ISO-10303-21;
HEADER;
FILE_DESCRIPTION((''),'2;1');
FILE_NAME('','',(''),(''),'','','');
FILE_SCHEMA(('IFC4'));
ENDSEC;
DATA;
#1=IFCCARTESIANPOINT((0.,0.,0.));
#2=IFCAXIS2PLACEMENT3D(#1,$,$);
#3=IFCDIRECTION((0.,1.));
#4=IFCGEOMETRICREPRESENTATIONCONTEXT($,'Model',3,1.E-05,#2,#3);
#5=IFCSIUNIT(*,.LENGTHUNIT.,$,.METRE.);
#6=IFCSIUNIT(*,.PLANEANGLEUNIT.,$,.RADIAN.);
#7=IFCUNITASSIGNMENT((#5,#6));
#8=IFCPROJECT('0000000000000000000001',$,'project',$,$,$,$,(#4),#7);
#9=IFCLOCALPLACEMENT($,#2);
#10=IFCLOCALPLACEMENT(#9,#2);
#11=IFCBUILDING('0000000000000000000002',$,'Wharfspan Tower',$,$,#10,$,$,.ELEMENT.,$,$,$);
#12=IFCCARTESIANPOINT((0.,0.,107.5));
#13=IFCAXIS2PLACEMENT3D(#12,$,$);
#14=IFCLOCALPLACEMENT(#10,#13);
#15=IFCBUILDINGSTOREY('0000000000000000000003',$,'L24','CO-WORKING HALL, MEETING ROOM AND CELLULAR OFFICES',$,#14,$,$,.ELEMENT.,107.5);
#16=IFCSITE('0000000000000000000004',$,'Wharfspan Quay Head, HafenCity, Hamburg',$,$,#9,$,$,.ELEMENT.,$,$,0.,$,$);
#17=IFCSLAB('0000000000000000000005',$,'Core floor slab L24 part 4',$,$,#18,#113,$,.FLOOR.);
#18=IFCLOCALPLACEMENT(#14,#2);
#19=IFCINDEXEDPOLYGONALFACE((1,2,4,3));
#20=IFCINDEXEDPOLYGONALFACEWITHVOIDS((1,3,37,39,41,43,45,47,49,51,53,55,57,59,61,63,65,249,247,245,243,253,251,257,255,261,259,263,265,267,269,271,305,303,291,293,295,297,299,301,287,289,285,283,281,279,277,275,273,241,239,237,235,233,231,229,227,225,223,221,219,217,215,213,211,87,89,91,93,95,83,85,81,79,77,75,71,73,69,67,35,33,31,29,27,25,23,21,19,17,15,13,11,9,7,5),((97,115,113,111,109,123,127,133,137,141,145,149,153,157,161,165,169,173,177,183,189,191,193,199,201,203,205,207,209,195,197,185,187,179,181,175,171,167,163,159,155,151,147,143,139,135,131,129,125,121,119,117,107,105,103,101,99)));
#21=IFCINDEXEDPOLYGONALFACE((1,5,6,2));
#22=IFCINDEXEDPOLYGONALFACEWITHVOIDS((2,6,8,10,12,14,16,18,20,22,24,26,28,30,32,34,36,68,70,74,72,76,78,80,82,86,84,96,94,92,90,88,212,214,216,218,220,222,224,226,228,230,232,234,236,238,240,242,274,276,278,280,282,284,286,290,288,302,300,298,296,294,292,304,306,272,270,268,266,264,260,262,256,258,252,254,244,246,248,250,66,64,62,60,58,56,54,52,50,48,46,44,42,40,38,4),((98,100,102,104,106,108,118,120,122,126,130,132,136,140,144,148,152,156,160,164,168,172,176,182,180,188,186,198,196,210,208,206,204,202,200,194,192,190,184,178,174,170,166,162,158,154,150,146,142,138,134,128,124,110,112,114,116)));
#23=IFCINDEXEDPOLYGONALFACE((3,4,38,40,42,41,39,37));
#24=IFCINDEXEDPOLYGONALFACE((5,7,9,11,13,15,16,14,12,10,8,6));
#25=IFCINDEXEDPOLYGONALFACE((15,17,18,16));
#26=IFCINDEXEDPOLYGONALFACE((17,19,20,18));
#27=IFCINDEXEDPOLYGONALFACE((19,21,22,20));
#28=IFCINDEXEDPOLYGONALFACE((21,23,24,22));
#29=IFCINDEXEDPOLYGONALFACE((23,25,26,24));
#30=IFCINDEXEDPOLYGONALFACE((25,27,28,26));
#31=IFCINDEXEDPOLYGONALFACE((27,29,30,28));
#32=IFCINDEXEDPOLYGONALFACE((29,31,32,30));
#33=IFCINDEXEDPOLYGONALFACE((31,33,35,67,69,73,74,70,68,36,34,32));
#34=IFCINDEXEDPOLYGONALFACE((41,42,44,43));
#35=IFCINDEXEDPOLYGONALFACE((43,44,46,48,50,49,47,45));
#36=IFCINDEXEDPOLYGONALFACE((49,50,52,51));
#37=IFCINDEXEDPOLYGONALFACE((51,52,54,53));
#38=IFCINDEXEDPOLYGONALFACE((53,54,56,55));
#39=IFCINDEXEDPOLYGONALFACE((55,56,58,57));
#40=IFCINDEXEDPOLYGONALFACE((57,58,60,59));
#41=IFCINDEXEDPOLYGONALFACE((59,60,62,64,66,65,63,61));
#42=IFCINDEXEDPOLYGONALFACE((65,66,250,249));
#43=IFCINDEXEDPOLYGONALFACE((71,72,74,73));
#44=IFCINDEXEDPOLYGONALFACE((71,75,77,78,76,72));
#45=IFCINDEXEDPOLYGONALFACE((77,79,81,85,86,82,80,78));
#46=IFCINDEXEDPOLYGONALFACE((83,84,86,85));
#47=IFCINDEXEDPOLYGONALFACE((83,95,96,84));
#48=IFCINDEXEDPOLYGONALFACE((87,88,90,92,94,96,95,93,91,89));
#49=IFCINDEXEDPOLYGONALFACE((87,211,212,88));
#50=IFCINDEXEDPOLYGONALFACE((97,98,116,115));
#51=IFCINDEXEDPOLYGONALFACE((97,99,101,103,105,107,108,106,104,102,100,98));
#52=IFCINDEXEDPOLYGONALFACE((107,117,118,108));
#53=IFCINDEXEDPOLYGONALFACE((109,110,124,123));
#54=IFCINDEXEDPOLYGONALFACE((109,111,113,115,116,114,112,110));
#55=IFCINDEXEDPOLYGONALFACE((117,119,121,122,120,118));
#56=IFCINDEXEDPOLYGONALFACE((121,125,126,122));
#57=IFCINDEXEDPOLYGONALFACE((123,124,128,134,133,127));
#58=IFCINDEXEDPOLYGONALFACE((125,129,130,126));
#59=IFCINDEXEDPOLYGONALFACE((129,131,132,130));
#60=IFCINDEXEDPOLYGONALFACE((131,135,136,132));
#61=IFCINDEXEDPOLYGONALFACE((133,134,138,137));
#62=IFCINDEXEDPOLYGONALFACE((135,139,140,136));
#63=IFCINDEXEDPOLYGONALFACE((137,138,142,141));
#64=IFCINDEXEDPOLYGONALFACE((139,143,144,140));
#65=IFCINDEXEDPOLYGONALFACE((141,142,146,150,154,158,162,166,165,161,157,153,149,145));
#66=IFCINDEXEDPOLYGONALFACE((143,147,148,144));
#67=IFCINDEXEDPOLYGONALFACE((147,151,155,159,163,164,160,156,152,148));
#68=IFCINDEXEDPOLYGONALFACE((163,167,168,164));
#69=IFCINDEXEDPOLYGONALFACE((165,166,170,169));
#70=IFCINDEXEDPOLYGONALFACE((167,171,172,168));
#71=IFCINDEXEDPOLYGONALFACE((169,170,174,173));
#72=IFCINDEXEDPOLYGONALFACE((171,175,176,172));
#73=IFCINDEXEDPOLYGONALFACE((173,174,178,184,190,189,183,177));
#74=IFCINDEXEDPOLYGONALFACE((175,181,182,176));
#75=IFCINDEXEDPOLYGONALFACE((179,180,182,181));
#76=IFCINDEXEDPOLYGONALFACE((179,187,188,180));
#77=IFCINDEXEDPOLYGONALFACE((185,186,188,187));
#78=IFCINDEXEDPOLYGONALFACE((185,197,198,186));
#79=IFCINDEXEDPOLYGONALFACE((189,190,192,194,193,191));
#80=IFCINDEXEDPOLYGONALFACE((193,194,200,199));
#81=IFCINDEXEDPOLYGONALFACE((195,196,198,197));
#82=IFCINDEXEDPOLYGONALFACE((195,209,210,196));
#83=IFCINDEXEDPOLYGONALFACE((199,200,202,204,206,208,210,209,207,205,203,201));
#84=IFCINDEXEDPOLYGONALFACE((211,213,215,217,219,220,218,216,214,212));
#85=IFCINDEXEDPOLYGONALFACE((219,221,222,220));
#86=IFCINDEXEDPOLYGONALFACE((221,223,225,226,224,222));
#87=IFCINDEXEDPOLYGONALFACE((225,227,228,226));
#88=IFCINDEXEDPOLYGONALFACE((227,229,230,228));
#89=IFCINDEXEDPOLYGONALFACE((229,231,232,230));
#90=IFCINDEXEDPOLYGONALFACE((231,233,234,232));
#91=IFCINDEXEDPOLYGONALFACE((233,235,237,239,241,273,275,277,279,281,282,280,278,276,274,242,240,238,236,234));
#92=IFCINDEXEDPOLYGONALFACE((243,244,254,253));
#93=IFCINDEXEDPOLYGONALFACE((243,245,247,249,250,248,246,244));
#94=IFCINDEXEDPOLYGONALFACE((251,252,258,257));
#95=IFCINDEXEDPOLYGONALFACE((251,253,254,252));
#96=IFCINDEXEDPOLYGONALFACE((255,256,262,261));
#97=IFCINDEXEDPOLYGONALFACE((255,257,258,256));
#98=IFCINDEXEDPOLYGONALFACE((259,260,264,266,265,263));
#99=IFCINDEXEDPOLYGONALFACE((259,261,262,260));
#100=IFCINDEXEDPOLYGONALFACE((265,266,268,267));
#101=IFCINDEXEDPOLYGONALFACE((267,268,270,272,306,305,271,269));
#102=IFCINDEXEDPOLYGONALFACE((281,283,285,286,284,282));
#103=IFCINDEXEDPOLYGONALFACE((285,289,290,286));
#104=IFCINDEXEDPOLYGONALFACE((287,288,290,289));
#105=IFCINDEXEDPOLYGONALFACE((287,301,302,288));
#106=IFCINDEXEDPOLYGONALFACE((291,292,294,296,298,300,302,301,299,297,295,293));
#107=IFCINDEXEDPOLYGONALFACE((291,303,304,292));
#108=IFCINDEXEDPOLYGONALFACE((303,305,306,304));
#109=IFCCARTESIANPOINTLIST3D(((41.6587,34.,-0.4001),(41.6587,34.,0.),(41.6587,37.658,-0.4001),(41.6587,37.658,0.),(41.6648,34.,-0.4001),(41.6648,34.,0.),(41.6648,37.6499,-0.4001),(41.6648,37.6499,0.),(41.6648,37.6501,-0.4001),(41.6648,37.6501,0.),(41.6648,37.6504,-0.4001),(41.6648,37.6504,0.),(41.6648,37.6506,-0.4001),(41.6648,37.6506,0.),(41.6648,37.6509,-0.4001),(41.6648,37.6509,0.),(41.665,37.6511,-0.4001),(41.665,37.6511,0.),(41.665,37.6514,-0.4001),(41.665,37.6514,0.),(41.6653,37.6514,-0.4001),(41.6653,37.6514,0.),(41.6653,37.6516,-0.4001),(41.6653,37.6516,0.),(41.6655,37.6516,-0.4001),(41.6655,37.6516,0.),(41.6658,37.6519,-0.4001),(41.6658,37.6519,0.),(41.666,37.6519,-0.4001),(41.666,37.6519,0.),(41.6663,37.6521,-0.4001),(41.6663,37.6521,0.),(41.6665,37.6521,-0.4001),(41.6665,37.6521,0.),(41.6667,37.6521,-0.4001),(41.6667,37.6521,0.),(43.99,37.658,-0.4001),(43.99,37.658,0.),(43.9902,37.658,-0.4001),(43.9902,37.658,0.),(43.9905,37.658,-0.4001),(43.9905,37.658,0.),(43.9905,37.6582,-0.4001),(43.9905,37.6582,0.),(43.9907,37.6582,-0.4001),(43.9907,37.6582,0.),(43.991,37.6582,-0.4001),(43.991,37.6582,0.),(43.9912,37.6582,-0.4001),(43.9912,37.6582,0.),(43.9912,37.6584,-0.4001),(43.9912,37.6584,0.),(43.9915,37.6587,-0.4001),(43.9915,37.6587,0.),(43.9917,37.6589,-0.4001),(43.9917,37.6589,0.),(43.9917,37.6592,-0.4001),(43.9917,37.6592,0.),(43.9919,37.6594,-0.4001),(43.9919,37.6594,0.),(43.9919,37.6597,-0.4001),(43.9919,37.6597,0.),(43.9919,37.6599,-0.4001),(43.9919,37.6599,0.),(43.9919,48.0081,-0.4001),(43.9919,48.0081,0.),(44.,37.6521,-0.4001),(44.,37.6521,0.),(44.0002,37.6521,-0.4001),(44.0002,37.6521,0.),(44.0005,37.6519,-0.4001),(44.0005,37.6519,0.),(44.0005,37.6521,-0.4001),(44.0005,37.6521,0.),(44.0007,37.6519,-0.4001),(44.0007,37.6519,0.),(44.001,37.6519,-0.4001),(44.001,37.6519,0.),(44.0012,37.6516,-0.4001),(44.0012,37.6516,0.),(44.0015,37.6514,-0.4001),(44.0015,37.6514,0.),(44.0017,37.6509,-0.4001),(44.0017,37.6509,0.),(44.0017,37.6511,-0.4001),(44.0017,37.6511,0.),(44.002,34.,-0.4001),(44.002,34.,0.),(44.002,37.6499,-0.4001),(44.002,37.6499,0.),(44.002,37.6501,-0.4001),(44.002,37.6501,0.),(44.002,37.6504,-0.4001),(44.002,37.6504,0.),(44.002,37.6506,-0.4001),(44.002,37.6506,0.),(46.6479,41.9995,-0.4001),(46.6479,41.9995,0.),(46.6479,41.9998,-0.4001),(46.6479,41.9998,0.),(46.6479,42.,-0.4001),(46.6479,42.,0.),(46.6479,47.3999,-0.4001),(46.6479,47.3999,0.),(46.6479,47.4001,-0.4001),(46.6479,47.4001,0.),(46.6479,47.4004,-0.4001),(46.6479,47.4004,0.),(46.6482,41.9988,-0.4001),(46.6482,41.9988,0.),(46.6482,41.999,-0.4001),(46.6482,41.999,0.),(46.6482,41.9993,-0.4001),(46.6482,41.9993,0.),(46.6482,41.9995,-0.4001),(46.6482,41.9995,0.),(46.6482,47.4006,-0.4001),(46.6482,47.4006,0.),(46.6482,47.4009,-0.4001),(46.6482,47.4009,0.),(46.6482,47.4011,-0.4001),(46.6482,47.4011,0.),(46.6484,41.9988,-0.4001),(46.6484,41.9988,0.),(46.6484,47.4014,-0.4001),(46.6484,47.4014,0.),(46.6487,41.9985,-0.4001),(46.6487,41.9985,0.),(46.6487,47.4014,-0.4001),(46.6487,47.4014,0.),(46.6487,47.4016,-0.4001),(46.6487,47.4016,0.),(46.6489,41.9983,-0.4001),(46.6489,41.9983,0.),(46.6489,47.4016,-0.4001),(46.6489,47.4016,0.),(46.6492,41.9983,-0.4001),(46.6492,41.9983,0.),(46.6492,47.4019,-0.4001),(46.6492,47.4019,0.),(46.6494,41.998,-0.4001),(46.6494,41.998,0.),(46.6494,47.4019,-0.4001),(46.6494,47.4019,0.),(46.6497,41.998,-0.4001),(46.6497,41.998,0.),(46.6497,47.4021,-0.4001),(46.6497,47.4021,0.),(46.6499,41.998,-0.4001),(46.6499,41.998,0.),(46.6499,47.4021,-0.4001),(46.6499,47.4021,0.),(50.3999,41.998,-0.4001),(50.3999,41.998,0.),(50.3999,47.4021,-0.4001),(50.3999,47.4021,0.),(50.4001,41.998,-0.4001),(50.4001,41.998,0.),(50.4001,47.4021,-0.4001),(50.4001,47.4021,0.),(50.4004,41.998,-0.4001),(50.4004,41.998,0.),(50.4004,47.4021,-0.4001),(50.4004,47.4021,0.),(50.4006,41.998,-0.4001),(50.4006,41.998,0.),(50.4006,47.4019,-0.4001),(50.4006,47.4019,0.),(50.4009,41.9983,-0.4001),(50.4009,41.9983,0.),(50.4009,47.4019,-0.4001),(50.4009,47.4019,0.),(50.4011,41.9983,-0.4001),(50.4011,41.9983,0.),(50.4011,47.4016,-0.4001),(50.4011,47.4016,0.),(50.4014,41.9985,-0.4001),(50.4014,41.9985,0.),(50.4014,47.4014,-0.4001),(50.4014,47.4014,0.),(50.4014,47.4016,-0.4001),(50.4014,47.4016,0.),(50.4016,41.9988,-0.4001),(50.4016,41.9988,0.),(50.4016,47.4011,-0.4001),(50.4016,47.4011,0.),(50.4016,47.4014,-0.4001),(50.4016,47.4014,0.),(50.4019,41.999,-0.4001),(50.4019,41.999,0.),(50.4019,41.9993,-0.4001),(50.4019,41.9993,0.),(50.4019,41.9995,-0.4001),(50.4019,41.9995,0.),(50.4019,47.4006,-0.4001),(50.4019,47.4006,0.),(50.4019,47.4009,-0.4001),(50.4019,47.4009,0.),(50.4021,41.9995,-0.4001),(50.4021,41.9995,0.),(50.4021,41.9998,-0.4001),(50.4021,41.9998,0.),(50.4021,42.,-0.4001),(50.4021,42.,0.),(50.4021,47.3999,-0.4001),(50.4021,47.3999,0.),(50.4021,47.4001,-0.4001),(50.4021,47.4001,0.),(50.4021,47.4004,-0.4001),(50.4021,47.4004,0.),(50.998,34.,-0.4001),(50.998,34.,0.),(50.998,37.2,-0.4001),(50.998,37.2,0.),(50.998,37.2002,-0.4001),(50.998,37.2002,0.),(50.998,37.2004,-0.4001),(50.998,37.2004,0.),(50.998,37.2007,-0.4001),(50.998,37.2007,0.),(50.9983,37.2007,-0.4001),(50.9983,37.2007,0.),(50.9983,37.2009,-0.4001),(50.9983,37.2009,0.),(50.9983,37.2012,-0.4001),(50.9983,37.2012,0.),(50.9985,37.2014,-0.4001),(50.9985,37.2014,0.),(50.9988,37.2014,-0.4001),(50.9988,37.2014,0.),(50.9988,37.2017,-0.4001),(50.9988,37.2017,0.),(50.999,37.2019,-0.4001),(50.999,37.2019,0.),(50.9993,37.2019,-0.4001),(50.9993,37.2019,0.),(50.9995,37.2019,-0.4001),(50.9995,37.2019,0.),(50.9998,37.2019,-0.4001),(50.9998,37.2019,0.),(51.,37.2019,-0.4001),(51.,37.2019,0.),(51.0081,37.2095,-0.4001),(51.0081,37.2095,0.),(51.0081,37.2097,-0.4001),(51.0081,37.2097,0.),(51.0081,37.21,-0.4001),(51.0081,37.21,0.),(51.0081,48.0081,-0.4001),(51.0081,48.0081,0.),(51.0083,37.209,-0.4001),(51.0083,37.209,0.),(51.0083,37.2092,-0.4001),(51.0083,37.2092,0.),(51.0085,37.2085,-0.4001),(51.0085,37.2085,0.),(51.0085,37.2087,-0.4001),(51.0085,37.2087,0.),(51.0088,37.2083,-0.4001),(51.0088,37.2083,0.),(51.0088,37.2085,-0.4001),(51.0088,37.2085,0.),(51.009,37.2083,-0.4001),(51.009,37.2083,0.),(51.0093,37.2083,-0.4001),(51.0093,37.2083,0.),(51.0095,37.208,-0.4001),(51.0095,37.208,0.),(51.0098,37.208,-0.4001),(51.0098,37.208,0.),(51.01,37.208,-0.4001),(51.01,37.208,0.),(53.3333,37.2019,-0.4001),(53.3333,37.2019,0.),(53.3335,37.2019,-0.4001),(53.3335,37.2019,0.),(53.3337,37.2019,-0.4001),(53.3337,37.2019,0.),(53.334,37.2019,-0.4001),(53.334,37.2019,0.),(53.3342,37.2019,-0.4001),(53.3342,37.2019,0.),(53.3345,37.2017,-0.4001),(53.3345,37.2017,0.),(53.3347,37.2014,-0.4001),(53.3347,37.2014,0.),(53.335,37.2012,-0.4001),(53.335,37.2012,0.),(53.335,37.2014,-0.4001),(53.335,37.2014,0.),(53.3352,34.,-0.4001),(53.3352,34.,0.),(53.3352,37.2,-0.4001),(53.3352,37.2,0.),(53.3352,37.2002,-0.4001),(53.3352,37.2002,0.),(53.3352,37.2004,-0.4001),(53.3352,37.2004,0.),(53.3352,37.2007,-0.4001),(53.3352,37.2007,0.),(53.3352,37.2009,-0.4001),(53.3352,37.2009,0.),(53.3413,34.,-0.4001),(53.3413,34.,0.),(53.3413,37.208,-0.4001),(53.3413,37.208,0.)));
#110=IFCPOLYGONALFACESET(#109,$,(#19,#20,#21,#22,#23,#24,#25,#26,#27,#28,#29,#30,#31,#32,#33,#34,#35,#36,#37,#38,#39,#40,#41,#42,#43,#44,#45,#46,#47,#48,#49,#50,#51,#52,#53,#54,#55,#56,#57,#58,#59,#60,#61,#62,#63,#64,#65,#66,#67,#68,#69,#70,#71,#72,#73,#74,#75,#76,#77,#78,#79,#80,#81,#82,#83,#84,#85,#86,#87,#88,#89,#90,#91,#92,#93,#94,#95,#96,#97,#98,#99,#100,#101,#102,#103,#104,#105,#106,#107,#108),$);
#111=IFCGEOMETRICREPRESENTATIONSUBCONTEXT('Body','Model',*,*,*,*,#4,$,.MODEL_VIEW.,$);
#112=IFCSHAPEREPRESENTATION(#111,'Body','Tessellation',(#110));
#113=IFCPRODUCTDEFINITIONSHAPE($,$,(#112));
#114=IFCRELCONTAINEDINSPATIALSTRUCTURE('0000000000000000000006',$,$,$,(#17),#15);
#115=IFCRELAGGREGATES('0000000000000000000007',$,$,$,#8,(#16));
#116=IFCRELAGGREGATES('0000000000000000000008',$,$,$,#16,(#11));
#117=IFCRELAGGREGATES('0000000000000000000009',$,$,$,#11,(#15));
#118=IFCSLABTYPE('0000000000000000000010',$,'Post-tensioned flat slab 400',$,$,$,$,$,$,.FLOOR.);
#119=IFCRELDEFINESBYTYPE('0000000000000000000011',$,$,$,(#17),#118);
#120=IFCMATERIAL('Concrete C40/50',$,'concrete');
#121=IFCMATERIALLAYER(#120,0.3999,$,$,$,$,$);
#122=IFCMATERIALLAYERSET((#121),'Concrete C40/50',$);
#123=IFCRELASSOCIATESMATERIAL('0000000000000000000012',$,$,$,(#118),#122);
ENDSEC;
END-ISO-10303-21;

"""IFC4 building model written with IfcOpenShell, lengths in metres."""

from ifc_helpers import new_model, si_unit, direction, frame, origin, place, context, subcontext, project, spatial, polyline, outline, extrude, material, layer, layer_set, type_object, element, save


model = new_model("IFC4")

# Units and contexts
model_context = context("Model", 3, precision=1e-05, world=origin(), true_north=direction((0.0, 1.0)))
body_context = subcontext(model_context, "Body", "Model", "MODEL_VIEW")
ifc_project = project(units=[si_unit("LENGTHUNIT", "METRE"), si_unit("PLANEANGLEUNIT", "RADIAN")], contexts=[model_context])

# Site, building, storey
site_placement = place(None, origin())
site = spatial("IfcSite", under=ifc_project, at=site_placement, Name="Wharfspan Quay Head, HafenCity, Hamburg", CompositionType="ELEMENT", RefElevation=0.0)
building_placement = place(site_placement, origin())
building = spatial("IfcBuilding", under=site, at=building_placement, Name="Wharfspan Tower", CompositionType="ELEMENT")
storey_placement = place(building_placement, frame((0.0, 0.0, 107.5)))
storey = spatial("IfcBuildingStorey", under=building, at=storey_placement, Name="L24", Description="CO-WORKING HALL, MEETING ROOM AND CELLULAR OFFICES", CompositionType="ELEMENT", Elevation=107.5)

# Slab
ifc_material_1 = material(Name="Concrete C40/50", Category="concrete")
ifc_layer_1 = layer(ifc_material_1, 0.3999)
ifc_layer_set_1 = layer_set([ifc_layer_1], Name="Concrete C40/50")
slab_type_1 = type_object("IfcSlabType", Name="Post-tensioned flat slab 400", PredefinedType="FLOOR", material=ifc_layer_set_1)
slab_1_placement = place(storey_placement, frame((0.0, 0.0, -0.4001)))
element("IfcSlab", 1, at=slab_1_placement, inside=storey, type_object=slab_type_1, Name="Core floor slab L24 part 4", PredefinedType="FLOOR", context=body_context, shape_type="SweptSolid", body=[
    extrude(outline(polyline([(53.3413, 34.0), (53.3413, 37.208), (51.01, 37.208), (51.0098, 37.208), (51.0095, 37.208), (51.0095, 37.208), (51.0093, 37.2083), (51.009, 37.2083), (51.0088, 37.2083), (51.0088, 37.2085), (51.0085, 37.2085), (51.0085, 37.2087), (51.0083, 37.209), (51.0083, 37.209), (51.0083, 37.2092), (51.0081, 37.2095), (51.0081, 37.2097), (51.0081, 37.2097), (51.0081, 37.21), (51.0081, 48.0081), (43.9919, 48.0081), (43.9919, 37.6599), (43.9919, 37.6599), (43.9919, 37.6597), (43.9919, 37.6594), (43.9917, 37.6592), (43.9917, 37.6592), (43.9917, 37.6589), (43.9915, 37.6587), (43.9915, 37.6587), (43.9912, 37.6584), (43.9912, 37.6582), (43.991, 37.6582), (43.9907, 37.6582), (43.9905, 37.6582), (43.9905, 37.658), (43.9902, 37.658), (43.99, 37.658), (41.6587, 37.658), (41.6587, 34.0), (41.6648, 34.0), (41.6648, 37.6499), (41.6648, 37.6501), (41.6648, 37.6504), (41.6648, 37.6506), (41.6648, 37.6509), (41.6648, 37.6509), (41.665, 37.6511), (41.665, 37.6514), (41.6653, 37.6514), (41.6653, 37.6516), (41.6655, 37.6516), (41.6658, 37.6519), (41.666, 37.6519), (41.666, 37.6519), (41.6663, 37.6521), (41.6665, 37.6521), (41.6667, 37.6521), (44.0, 37.6521), (44.0002, 37.6521), (44.0005, 37.6521), (44.0005, 37.6519), (44.0007, 37.6519), (44.001, 37.6519), (44.0012, 37.6516), (44.0012, 37.6516), (44.0015, 37.6514), (44.0015, 37.6514), (44.0017, 37.6511), (44.0017, 37.6509), (44.0017, 37.6509), (44.002, 37.6506), (44.002, 37.6504), (44.002, 37.6501), (44.002, 37.6499), (44.002, 34.0), (50.998, 34.0), (50.998, 37.2), (50.998, 37.2002), (50.998, 37.2004), (50.998, 37.2007), (50.9983, 37.2007), (50.9983, 37.2009), (50.9983, 37.2012), (50.9985, 37.2014), (50.9985, 37.2014), (50.9988, 37.2014), (50.9988, 37.2017), (50.999, 37.2019), (50.9993, 37.2019), (50.9995, 37.2019), (50.9995, 37.2019), (50.9998, 37.2019), (51.0, 37.2019), (53.3333, 37.2019), (53.3335, 37.2019), (53.3337, 37.2019), (53.334, 37.2019), (53.334, 37.2019), (53.3342, 37.2019), (53.3345, 37.2017), (53.3347, 37.2014), (53.3347, 37.2014), (53.335, 37.2014), (53.335, 37.2012), (53.3352, 37.2009), (53.3352, 37.2007), (53.3352, 37.2007), (53.3352, 37.2004), (53.3352, 37.2002), (53.3352, 37.2), (53.3352, 34.0), (53.3413, 34.0)]), holes=[polyline([(50.4021, 42.0), (50.4021, 41.9998), (50.4021, 41.9995), (50.4019, 41.9995), (50.4019, 41.9993), (50.4019, 41.999), (50.4016, 41.9988), (50.4016, 41.9988), (50.4014, 41.9985), (50.4014, 41.9985), (50.4011, 41.9983), (50.4009, 41.9983), (50.4009, 41.9983), (50.4006, 41.998), (50.4004, 41.998), (50.4001, 41.998), (50.3999, 41.998), (46.6499, 41.998), (46.6499, 41.998), (46.6497, 41.998), (46.6494, 41.998), (46.6492, 41.9983), (46.6492, 41.9983), (46.6489, 41.9983), (46.6487, 41.9985), (46.6487, 41.9985), (46.6484, 41.9988), (46.6482, 41.9988), (46.6482, 41.999), (46.6482, 41.9993), (46.6482, 41.9995), (46.6479, 41.9995), (46.6479, 41.9998), (46.6479, 42.0), (46.6479, 47.3999), (46.6479, 47.4001), (46.6479, 47.4004), (46.6482, 47.4006), (46.6482, 47.4009), (46.6482, 47.4009), (46.6482, 47.4011), (46.6484, 47.4014), (46.6487, 47.4014), (46.6487, 47.4016), (46.6489, 47.4016), (46.6492, 47.4019), (46.6492, 47.4019), (46.6494, 47.4019), (46.6497, 47.4021), (46.6499, 47.4021), (46.6499, 47.4021), (50.3999, 47.4021), (50.4001, 47.4021), (50.4004, 47.4021), (50.4006, 47.4019), (50.4009, 47.4019), (50.4009, 47.4019), (50.4011, 47.4016), (50.4014, 47.4016), (50.4014, 47.4014), (50.4016, 47.4014), (50.4016, 47.4011), (50.4019, 47.4009), (50.4019, 47.4009), (50.4019, 47.4006), (50.4021, 47.4004), (50.4021, 47.4001), (50.4021, 47.3999), (50.4021, 42.0)])]), origin(), (0.0, 0.0, 1.0), 0.4001),
])

save(model, "model.ifc")
